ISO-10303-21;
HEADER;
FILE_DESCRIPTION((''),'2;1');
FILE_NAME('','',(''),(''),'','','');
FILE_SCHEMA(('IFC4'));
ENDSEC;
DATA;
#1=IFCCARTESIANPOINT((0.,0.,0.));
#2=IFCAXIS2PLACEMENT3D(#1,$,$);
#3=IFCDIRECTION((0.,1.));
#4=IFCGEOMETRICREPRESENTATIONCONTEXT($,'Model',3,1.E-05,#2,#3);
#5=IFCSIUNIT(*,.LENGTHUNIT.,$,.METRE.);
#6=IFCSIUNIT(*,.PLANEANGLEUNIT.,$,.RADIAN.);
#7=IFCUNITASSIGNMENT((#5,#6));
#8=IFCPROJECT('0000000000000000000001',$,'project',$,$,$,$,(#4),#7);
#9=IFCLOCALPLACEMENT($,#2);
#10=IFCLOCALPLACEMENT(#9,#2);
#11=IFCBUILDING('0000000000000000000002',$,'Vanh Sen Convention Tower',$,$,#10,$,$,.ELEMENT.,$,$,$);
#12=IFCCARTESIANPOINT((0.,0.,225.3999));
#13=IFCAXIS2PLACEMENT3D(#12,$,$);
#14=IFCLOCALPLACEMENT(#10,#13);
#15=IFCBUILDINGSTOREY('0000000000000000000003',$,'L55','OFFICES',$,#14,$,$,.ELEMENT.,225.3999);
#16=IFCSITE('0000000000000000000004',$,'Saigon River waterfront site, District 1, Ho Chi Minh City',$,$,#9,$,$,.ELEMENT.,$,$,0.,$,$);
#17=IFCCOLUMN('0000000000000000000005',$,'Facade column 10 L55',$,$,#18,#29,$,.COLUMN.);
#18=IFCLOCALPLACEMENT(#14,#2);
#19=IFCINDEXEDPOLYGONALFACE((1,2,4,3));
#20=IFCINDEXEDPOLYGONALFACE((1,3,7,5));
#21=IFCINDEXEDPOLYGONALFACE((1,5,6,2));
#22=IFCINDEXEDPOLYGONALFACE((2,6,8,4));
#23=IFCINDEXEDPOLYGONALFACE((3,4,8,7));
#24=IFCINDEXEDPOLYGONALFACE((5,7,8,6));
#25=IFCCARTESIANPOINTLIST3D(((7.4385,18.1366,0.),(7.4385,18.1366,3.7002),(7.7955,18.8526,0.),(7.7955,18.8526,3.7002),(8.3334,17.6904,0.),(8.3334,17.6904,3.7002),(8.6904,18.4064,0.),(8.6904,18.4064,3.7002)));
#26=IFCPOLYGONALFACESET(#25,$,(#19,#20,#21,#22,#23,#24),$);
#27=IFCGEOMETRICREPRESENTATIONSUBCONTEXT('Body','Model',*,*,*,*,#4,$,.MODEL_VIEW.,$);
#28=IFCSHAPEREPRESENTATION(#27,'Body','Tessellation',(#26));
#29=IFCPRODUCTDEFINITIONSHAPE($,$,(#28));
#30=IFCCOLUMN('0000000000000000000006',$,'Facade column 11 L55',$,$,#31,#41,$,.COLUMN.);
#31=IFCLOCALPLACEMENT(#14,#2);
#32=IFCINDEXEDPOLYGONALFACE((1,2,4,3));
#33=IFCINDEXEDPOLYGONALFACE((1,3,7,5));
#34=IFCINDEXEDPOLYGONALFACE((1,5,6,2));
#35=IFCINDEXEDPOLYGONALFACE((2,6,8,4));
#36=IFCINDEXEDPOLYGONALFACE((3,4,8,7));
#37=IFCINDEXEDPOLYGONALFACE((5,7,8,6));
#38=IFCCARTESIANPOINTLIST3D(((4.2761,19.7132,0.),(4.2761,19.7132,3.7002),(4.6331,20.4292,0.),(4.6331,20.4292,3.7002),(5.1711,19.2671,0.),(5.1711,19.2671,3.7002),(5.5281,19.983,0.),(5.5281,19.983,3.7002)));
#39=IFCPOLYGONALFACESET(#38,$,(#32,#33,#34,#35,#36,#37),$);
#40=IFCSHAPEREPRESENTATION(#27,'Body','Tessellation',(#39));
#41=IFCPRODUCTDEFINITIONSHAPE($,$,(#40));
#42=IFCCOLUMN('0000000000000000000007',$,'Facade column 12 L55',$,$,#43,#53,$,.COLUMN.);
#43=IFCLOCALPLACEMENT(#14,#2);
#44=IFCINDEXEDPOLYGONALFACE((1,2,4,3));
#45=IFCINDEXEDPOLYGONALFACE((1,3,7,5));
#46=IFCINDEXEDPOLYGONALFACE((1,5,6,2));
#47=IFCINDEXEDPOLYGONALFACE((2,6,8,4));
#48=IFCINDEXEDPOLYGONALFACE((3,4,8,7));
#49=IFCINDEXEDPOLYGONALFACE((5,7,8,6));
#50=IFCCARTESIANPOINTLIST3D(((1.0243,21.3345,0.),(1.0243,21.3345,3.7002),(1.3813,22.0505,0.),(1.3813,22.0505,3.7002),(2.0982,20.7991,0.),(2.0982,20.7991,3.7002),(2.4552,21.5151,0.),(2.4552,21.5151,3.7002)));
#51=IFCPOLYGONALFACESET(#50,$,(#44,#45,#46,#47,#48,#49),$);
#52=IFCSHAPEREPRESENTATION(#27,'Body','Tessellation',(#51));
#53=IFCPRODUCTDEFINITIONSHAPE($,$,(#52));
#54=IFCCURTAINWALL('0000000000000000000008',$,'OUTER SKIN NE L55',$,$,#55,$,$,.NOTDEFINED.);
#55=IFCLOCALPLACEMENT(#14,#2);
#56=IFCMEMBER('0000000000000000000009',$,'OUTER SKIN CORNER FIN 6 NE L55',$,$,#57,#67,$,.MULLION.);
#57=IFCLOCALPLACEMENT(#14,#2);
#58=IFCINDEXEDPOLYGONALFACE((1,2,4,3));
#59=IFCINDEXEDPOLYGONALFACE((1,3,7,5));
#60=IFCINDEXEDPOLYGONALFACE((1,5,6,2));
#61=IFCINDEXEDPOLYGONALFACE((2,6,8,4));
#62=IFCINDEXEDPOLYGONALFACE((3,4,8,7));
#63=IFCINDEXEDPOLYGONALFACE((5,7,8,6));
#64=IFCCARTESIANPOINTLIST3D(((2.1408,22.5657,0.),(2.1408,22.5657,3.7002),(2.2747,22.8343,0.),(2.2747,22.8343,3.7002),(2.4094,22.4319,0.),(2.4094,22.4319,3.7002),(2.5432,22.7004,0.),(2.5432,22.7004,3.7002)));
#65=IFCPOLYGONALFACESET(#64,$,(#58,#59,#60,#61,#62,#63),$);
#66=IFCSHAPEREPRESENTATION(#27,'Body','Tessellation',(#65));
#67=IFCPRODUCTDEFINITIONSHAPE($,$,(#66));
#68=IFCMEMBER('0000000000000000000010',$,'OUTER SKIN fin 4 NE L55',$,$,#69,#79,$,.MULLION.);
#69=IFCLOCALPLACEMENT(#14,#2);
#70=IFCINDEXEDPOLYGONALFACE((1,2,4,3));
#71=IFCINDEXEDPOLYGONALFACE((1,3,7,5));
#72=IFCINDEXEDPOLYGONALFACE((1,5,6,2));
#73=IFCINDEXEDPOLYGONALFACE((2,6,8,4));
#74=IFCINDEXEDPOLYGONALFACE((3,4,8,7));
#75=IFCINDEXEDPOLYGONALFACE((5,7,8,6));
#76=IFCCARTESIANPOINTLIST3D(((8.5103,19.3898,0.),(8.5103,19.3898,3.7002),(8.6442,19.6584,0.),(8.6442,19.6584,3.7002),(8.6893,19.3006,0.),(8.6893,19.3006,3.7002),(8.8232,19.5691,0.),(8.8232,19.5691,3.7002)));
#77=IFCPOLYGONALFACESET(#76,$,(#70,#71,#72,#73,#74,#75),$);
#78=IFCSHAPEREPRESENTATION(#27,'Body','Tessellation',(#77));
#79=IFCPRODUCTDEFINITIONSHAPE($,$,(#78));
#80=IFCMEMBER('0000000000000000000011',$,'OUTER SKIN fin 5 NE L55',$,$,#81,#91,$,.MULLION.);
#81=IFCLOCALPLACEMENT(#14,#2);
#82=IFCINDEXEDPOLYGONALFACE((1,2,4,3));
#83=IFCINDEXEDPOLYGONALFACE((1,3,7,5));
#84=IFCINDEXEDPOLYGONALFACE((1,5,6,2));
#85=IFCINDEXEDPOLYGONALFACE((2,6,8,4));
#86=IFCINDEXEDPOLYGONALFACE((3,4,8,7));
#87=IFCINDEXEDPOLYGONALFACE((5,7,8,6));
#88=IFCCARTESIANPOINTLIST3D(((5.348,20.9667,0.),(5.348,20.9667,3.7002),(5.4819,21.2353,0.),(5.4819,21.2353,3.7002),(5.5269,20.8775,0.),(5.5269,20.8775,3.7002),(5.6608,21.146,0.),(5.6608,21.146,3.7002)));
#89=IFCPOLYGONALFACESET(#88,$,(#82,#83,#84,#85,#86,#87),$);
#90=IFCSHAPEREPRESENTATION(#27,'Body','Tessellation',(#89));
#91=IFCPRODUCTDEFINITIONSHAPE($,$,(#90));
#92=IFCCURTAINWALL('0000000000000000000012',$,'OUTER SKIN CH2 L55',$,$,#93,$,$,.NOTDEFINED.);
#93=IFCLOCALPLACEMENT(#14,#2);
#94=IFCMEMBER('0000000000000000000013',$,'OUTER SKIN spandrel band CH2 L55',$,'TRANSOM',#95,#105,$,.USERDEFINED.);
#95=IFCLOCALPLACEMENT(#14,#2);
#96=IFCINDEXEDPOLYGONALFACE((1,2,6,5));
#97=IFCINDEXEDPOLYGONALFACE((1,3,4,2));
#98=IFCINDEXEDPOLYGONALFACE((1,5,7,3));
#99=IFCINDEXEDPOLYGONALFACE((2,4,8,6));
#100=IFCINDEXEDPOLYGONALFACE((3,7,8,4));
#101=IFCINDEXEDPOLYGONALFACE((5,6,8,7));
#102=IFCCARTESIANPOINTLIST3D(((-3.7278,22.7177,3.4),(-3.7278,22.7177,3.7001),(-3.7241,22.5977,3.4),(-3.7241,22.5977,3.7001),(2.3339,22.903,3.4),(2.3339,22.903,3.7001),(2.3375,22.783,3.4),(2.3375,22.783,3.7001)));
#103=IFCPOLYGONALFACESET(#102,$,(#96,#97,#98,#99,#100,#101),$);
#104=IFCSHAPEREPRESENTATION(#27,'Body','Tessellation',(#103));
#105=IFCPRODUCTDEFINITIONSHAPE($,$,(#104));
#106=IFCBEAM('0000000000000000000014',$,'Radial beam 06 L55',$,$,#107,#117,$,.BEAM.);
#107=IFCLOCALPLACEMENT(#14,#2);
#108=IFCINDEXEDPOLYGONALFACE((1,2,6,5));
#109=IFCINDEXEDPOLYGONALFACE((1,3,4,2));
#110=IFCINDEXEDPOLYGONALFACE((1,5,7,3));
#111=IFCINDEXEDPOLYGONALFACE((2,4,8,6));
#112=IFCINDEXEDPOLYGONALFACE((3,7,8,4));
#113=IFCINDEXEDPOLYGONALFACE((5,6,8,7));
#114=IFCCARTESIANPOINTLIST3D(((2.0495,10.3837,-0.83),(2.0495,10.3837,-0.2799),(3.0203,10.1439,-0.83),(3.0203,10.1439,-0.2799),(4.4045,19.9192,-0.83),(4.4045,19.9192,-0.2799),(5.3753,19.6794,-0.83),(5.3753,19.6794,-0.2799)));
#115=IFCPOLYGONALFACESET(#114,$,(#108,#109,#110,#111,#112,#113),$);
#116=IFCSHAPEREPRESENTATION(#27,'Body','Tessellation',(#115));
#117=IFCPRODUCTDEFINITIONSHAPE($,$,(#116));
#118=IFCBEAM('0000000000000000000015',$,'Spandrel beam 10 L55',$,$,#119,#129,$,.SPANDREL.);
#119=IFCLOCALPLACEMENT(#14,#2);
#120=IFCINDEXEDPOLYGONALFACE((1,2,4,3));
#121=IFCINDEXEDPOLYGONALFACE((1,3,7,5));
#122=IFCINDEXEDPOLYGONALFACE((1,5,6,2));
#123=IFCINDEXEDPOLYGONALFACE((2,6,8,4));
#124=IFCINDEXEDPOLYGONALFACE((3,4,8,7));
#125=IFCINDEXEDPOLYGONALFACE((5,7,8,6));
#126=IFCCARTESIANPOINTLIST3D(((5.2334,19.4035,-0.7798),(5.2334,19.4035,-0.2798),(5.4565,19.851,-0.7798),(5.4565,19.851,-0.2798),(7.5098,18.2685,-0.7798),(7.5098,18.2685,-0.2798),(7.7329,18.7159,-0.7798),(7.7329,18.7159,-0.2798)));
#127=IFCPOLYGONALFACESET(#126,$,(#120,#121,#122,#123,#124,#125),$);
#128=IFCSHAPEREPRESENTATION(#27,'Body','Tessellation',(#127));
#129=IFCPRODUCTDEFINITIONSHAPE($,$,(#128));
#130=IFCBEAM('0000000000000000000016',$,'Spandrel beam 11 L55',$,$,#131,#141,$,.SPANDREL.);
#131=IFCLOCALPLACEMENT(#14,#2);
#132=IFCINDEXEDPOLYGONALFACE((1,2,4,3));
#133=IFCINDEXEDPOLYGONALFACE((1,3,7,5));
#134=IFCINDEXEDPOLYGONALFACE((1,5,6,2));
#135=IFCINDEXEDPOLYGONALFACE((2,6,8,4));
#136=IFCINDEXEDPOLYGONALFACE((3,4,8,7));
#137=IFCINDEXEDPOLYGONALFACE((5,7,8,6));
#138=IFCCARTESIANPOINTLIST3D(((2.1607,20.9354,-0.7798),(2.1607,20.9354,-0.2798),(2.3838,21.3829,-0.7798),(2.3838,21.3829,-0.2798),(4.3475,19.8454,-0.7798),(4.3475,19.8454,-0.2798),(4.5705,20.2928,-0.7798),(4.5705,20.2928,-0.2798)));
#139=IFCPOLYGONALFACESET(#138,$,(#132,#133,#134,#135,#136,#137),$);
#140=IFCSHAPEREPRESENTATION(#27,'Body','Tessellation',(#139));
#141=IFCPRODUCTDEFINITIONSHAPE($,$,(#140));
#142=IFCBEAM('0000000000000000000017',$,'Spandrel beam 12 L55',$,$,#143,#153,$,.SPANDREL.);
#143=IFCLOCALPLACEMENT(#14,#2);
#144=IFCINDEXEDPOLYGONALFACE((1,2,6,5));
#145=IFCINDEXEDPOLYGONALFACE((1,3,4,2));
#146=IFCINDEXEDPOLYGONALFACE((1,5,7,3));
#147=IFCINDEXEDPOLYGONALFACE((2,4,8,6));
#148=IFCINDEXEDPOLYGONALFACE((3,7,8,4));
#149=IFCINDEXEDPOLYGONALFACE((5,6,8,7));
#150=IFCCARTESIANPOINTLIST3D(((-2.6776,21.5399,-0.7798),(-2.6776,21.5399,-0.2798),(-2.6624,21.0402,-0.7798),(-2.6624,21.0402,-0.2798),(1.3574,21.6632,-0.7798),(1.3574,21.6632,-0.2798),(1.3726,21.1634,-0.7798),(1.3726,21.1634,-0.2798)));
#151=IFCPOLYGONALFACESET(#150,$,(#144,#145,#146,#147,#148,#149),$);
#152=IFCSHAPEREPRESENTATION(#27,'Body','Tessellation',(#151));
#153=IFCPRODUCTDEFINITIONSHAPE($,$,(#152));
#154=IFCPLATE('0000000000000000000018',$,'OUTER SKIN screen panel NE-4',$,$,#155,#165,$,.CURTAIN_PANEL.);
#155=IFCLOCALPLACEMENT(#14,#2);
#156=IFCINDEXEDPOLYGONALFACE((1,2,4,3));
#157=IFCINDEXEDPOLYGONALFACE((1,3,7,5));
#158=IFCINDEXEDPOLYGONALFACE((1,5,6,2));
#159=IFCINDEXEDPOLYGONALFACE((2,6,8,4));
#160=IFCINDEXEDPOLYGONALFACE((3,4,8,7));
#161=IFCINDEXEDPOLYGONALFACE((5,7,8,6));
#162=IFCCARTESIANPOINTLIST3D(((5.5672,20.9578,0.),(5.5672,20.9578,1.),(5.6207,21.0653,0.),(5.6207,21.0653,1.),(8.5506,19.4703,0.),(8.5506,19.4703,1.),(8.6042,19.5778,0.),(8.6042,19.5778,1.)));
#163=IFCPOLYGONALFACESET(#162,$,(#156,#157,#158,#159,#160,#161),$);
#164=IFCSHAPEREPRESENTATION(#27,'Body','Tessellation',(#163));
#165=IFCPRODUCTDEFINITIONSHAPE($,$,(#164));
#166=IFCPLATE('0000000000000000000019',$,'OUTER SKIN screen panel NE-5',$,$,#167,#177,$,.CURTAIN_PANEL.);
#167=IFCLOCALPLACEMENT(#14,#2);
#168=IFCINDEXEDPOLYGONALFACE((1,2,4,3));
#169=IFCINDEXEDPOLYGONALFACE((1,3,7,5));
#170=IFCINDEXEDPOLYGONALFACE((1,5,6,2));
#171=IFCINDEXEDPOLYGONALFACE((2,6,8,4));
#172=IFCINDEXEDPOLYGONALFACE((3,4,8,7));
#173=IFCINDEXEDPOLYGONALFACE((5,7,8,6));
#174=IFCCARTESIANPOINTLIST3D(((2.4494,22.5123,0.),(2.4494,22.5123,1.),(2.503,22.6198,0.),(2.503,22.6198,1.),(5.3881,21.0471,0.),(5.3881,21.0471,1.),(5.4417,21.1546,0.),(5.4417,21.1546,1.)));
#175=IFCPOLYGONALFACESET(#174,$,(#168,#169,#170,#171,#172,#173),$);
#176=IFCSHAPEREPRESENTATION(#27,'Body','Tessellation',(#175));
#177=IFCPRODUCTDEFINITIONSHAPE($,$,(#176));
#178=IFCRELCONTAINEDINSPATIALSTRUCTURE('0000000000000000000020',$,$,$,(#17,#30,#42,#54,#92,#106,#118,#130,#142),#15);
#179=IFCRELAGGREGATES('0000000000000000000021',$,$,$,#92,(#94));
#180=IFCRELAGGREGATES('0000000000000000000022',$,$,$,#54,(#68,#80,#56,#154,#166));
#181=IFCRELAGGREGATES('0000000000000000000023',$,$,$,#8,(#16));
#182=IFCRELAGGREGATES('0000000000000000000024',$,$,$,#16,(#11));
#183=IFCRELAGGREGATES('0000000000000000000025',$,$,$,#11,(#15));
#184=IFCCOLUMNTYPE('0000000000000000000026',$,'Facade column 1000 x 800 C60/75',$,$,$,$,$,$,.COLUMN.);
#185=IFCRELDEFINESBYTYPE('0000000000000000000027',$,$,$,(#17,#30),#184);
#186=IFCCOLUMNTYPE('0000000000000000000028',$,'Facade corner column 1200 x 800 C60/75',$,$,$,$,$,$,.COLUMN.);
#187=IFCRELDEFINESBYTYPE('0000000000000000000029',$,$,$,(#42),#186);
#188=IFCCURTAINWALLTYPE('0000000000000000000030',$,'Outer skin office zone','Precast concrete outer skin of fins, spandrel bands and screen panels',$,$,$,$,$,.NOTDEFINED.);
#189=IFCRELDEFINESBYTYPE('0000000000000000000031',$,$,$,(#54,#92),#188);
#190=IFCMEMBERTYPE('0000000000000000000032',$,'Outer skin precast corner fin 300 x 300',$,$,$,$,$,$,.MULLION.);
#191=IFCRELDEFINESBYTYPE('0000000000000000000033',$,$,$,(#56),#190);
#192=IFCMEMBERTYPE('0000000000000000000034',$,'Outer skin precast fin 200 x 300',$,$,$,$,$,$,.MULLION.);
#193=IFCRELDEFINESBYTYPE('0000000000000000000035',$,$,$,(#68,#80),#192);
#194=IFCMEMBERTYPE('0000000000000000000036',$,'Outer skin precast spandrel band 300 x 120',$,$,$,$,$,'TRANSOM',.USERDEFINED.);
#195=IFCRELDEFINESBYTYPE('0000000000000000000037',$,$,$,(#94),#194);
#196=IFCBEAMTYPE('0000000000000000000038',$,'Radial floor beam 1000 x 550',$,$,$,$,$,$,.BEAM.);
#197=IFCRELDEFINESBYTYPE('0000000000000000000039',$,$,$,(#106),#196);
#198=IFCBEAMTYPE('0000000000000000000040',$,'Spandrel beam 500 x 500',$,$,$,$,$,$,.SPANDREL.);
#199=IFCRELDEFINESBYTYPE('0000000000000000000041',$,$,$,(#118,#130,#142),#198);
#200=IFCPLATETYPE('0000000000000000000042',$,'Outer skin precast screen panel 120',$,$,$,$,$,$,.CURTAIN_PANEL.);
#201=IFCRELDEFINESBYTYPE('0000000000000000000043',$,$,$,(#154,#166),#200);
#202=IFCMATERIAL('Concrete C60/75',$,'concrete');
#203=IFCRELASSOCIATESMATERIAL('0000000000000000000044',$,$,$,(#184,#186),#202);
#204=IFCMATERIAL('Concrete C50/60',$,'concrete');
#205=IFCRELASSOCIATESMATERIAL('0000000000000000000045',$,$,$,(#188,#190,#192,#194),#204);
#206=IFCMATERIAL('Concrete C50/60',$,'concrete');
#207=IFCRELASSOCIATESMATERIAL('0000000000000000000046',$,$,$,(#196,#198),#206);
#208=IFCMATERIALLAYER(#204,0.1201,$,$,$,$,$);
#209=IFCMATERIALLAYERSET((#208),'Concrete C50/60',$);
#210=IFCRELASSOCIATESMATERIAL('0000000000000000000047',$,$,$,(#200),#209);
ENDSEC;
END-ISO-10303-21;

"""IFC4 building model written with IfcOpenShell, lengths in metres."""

from ifc_helpers import new_model, si_unit, direction, frame, origin, origin_2d, place, context, subcontext, project, spatial, rectangle, extrude, material, layer, layer_set, material_profile, profile_set, type_object, element, aggregate, save


model = new_model("IFC4")

# Units and contexts
model_context = context("Model", 3, precision=1e-05, world=origin(), true_north=direction((0.0, 1.0)))
body_context = subcontext(model_context, "Body", "Model", "MODEL_VIEW")
ifc_project = project(units=[si_unit("LENGTHUNIT", "METRE"), si_unit("PLANEANGLEUNIT", "RADIAN")], contexts=[model_context])

# Site, building, storey
site_placement = place(None, origin())
site = spatial("IfcSite", under=ifc_project, at=site_placement, Name="Saigon River waterfront site, District 1, Ho Chi Minh City", CompositionType="ELEMENT", RefElevation=0.0)
building_placement = place(site_placement, origin())
building = spatial("IfcBuilding", under=site, at=building_placement, Name="Vanh Sen Convention Tower", CompositionType="ELEMENT")
storey_placement = place(building_placement, frame((0.0, 0.0, 225.3999)))
storey = spatial("IfcBuildingStorey", under=building, at=storey_placement, Name="L55", Description="OFFICES", CompositionType="ELEMENT", Elevation=225.3999)

# Columns
ifc_material_1 = material(Name="Concrete C60/75", Category="concrete")
ifc_material_profile_1 = material_profile(ifc_material_1, rectangle(XDim=1.0, YDim=0.8, at=origin_2d()), Name="RC 1000X800")
ifc_profile_set_1 = profile_set([ifc_material_profile_1], Name="Concrete C60/75")
column_type_1 = type_object("IfcColumnType", Name="Facade column 1000 x 800 C60/75", PredefinedType="COLUMN", material=ifc_profile_set_1)
for number, where, z_axis, x_axis, name in (
    (1, (8.0645, 18.2715, 0.0), (0.0, 0.0, 1.0), (-0.894934, 0.446198, 0.0), "Facade column 10 L55"),
    (2, (4.9021, 19.8481, 0.0), (0.0, 0.0, 1.0), (-0.894934, 0.446198, 0.0), "Facade column 11 L55"),
):
    element("IfcColumn", number, at=place(storey_placement, frame(where, z_axis=z_axis, x_axis=x_axis)), inside=storey, type_object=column_type_1, Name=name, PredefinedType="COLUMN", context=body_context, shape_type="SweptSolid", body=[
        extrude(rectangle(XDim=1.0, YDim=0.8, at=origin_2d()), origin(), (0.0, 0.0, 1.0), 3.7002),
    ])
ifc_material_profile_2 = material_profile(ifc_material_1, rectangle(XDim=1.2, YDim=0.8, at=origin_2d()), Name="RC 1200X800")
ifc_profile_set_2 = profile_set([ifc_material_profile_2], Name="Concrete C60/75")
column_type_2 = type_object("IfcColumnType", Name="Facade corner column 1200 x 800 C60/75", PredefinedType="COLUMN", material=ifc_profile_set_2)
column_placement = place(storey_placement, frame((1.7397, 21.4248, 0.0), z_axis=(0.0, 0.0, 1.0), x_axis=(-0.894934, 0.446198, 0.0)))
element("IfcColumn", 3, at=column_placement, inside=storey, type_object=column_type_2, Name="Facade column 12 L55", PredefinedType="COLUMN", context=body_context, shape_type="SweptSolid", body=[
    extrude(rectangle(XDim=1.2, YDim=0.8, at=origin_2d()), origin(), (0.0, 0.0, 1.0), 3.7002),
])

# Curtain wall, members
ifc_material_2 = material(Name="Concrete C50/60", Category="concrete")
curtain_wall_type = type_object("IfcCurtainWallType", Name="Outer skin office zone", Description="Precast concrete outer skin of fins, spandrel bands and screen panels", PredefinedType="NOTDEFINED", material=ifc_material_2)
curtain_wall_1_placement = place(storey_placement, origin())
curtain_wall_1 = element("IfcCurtainWall", 4, at=curtain_wall_1_placement, inside=storey, type_object=curtain_wall_type, Name="OUTER SKIN NE L55", PredefinedType="NOTDEFINED")
ifc_material_profile_3 = material_profile(ifc_material_2, rectangle(XDim=0.3, YDim=0.3, at=origin_2d()), Name="Outer skin precast corner fin 300 x 300")
ifc_profile_set_3 = profile_set([ifc_material_profile_3], Name="Concrete C50/60")
member_type_1 = type_object("IfcMemberType", Name="Outer skin precast corner fin 300 x 300", PredefinedType="MULLION", material=ifc_profile_set_3)
member_1_placement = place(storey_placement, frame((2.342, 22.6331, 0.0), z_axis=(0.0, 0.0, 1.0), x_axis=(-0.894934, 0.446198, 0.0)))
member_1 = element("IfcMember", 5, at=member_1_placement, type_object=member_type_1, Name="OUTER SKIN CORNER FIN 6 NE L55", PredefinedType="MULLION", context=body_context, shape_type="SweptSolid", body=[
    extrude(rectangle(XDim=0.3, YDim=0.3, at=origin_2d()), origin(), (0.0, 0.0, 1.0), 3.7002),
])
ifc_material_profile_4 = material_profile(ifc_material_2, rectangle(XDim=0.2, YDim=0.3, at=origin_2d()), Name="Outer skin precast fin 200 x 300")
ifc_profile_set_4 = profile_set([ifc_material_profile_4], Name="Concrete C50/60")
member_type_2 = type_object("IfcMemberType", Name="Outer skin precast fin 200 x 300", PredefinedType="MULLION", material=ifc_profile_set_4)
member_2_placement = place(storey_placement, frame((8.6667, 19.4795, 0.0), z_axis=(0.0, 0.0, 1.0), x_axis=(-0.894934, 0.446198, 0.0)))
member_2 = element("IfcMember", 6, at=member_2_placement, type_object=member_type_2, Name="OUTER SKIN fin 4 NE L55", PredefinedType="MULLION", context=body_context, shape_type="SweptSolid", body=[
    extrude(rectangle(XDim=0.2, YDim=0.3, at=origin_2d()), origin(), (0.0, 0.0, 1.0), 3.7002),
])
member_3_placement = place(storey_placement, frame((5.5044, 21.0564, 0.0), z_axis=(0.0, 0.0, 1.0), x_axis=(-0.894934, 0.446198, 0.0)))
member_3 = element("IfcMember", 7, at=member_3_placement, type_object=member_type_2, Name="OUTER SKIN fin 5 NE L55", PredefinedType="MULLION", context=body_context, shape_type="SweptSolid", body=[
    extrude(rectangle(XDim=0.2, YDim=0.3, at=origin_2d()), origin(), (0.0, 0.0, 1.0), 3.7002),
])

# Curtain wall, member
curtain_wall_2_placement = place(storey_placement, origin())
curtain_wall_2 = element("IfcCurtainWall", 8, at=curtain_wall_2_placement, inside=storey, type_object=curtain_wall_type, Name="OUTER SKIN CH2 L55", PredefinedType="NOTDEFINED")
ifc_material_profile_5 = material_profile(ifc_material_2, rectangle(XDim=0.1201, YDim=0.3, at=origin_2d()), Name="Outer skin precast spandrel band 300 x 120")
ifc_profile_set_5 = profile_set([ifc_material_profile_5], Name="Concrete C50/60")
member_type_3 = type_object("IfcMemberType", Name="Outer skin precast spandrel band 300 x 120", ElementType="TRANSOM", PredefinedType="USERDEFINED", material=ifc_profile_set_5)
member_4_placement = place(storey_placement, frame((2.3357, 22.843, 3.55), z_axis=(-0.999533, -0.030556, 0.0), x_axis=(0.030556, -0.999533, 0.0)))
member_4 = element("IfcMember", 9, at=member_4_placement, type_object=member_type_3, Name="OUTER SKIN spandrel band CH2 L55", ObjectType="TRANSOM", PredefinedType="USERDEFINED", context=body_context, shape_type="SweptSolid", body=[
    extrude(rectangle(XDim=0.1201, YDim=0.3, at=origin_2d()), origin(), (0.0, 0.0, 1.0), 6.0645),
])
aggregate(curtain_wall_2, [member_4])

# Beams
ifc_material_3 = material(Name="Concrete C50/60", Category="concrete")
ifc_material_profile_6 = material_profile(ifc_material_3, rectangle(XDim=1.0, YDim=0.55, at=origin_2d()), Name="RC 1000X550")
ifc_profile_set_6 = profile_set([ifc_material_profile_6], Name="Concrete C50/60")
beam_type_1 = type_object("IfcBeamType", Name="Radial floor beam 1000 x 550", PredefinedType="BEAM", material=ifc_profile_set_6)
beam_1_placement = place(storey_placement, frame((4.8899, 19.7993, -0.5549), z_axis=(-0.239768, -0.97083, 0.0), x_axis=(0.97083, -0.239768, 0.0)))
element("IfcBeam", 10, at=beam_1_placement, inside=storey, type_object=beam_type_1, Name="Radial beam 06 L55", PredefinedType="BEAM", context=body_context, shape_type="SweptSolid", body=[
    extrude(rectangle(XDim=1.0, YDim=0.55, at=origin_2d()), origin(), (0.0, 0.0, 1.0), 9.822),
])
ifc_material_profile_7 = material_profile(ifc_material_3, rectangle(XDim=0.5, YDim=0.5, at=origin_2d()), Name="RC 500X500")
ifc_profile_set_7 = profile_set([ifc_material_profile_7], Name="Concrete C50/60")
beam_type_2 = type_object("IfcBeamType", Name="Spandrel beam 500 x 500", PredefinedType="SPANDREL", material=ifc_profile_set_7)
beam_2_placement = place(storey_placement, frame((7.6213, 18.4922, -0.5298), z_axis=(-0.894926, 0.446215, 0.0), x_axis=(-0.446215, -0.894926, 0.0)))
element("IfcBeam", 11, at=beam_2_placement, inside=storey, type_object=beam_type_2, Name="Spandrel beam 10 L55", PredefinedType="SPANDREL", context=body_context, shape_type="SweptSolid", body=[
    extrude(rectangle(XDim=0.5, YDim=0.5, at=origin_2d()), origin(), (0.0, 0.0, 1.0), 2.5437),
])
beam_3_placement = place(storey_placement, frame((4.459, 20.0691, -0.5298), z_axis=(-0.894966, 0.446134, 0.0), x_axis=(-0.446134, -0.894966, 0.0)))
element("IfcBeam", 12, at=beam_3_placement, inside=storey, type_object=beam_type_2, Name="Spandrel beam 11 L55", PredefinedType="SPANDREL", context=body_context, shape_type="SweptSolid", body=[
    extrude(rectangle(XDim=0.5, YDim=0.5, at=origin_2d()), origin(), (0.0, 0.0, 1.0), 2.4434),
])
beam_4_placement = place(storey_placement, frame((1.365, 21.4133, -0.5298), z_axis=(-0.999533, -0.030542, 0.0), x_axis=(0.030542, -0.999533, 0.0)))
element("IfcBeam", 13, at=beam_4_placement, inside=storey, type_object=beam_type_2, Name="Spandrel beam 12 L55", PredefinedType="SPANDREL", context=body_context, shape_type="SweptSolid", body=[
    extrude(rectangle(XDim=0.5, YDim=0.5, at=origin_2d()), origin(), (0.0, 0.0, 1.0), 4.0369),
])

# Plates
ifc_layer_1 = layer(ifc_material_2, 0.1201)
ifc_layer_set_1 = layer_set([ifc_layer_1], Name="Concrete C50/60")
plate_type = type_object("IfcPlateType", Name="Outer skin precast screen panel 120", PredefinedType="CURTAIN_PANEL", material=ifc_layer_set_1)
plate_1_placement = place(storey_placement, frame((7.0857, 20.2678, 0.0), z_axis=(0.0, 0.0, 1.0), x_axis=(-0.894936, 0.446195, 0.0)))
plate_1 = element("IfcPlate", 14, at=plate_1_placement, type_object=plate_type, Name="OUTER SKIN screen panel NE-4", PredefinedType="CURTAIN_PANEL", context=body_context, shape_type="SweptSolid", body=[
    extrude(rectangle(XDim=3.3337, YDim=0.1201, at=origin_2d()), origin(), (0.0, 0.0, 1.0), 1.0),
])
plate_2_placement = place(storey_placement, frame((3.9456, 21.8335, 0.0), z_axis=(0.0, 0.0, 1.0), x_axis=(-0.89493, 0.446206, 0.0)))
plate_2 = element("IfcPlate", 15, at=plate_2_placement, type_object=plate_type, Name="OUTER SKIN screen panel NE-5", PredefinedType="CURTAIN_PANEL", context=body_context, shape_type="SweptSolid", body=[
    extrude(rectangle(XDim=3.2837, YDim=0.1201, at=origin_2d()), origin(), (0.0, 0.0, 1.0), 1.0),
])
aggregate(curtain_wall_1, [member_2, member_3, member_1, plate_1, plate_2])

save(model, "model.ifc")
